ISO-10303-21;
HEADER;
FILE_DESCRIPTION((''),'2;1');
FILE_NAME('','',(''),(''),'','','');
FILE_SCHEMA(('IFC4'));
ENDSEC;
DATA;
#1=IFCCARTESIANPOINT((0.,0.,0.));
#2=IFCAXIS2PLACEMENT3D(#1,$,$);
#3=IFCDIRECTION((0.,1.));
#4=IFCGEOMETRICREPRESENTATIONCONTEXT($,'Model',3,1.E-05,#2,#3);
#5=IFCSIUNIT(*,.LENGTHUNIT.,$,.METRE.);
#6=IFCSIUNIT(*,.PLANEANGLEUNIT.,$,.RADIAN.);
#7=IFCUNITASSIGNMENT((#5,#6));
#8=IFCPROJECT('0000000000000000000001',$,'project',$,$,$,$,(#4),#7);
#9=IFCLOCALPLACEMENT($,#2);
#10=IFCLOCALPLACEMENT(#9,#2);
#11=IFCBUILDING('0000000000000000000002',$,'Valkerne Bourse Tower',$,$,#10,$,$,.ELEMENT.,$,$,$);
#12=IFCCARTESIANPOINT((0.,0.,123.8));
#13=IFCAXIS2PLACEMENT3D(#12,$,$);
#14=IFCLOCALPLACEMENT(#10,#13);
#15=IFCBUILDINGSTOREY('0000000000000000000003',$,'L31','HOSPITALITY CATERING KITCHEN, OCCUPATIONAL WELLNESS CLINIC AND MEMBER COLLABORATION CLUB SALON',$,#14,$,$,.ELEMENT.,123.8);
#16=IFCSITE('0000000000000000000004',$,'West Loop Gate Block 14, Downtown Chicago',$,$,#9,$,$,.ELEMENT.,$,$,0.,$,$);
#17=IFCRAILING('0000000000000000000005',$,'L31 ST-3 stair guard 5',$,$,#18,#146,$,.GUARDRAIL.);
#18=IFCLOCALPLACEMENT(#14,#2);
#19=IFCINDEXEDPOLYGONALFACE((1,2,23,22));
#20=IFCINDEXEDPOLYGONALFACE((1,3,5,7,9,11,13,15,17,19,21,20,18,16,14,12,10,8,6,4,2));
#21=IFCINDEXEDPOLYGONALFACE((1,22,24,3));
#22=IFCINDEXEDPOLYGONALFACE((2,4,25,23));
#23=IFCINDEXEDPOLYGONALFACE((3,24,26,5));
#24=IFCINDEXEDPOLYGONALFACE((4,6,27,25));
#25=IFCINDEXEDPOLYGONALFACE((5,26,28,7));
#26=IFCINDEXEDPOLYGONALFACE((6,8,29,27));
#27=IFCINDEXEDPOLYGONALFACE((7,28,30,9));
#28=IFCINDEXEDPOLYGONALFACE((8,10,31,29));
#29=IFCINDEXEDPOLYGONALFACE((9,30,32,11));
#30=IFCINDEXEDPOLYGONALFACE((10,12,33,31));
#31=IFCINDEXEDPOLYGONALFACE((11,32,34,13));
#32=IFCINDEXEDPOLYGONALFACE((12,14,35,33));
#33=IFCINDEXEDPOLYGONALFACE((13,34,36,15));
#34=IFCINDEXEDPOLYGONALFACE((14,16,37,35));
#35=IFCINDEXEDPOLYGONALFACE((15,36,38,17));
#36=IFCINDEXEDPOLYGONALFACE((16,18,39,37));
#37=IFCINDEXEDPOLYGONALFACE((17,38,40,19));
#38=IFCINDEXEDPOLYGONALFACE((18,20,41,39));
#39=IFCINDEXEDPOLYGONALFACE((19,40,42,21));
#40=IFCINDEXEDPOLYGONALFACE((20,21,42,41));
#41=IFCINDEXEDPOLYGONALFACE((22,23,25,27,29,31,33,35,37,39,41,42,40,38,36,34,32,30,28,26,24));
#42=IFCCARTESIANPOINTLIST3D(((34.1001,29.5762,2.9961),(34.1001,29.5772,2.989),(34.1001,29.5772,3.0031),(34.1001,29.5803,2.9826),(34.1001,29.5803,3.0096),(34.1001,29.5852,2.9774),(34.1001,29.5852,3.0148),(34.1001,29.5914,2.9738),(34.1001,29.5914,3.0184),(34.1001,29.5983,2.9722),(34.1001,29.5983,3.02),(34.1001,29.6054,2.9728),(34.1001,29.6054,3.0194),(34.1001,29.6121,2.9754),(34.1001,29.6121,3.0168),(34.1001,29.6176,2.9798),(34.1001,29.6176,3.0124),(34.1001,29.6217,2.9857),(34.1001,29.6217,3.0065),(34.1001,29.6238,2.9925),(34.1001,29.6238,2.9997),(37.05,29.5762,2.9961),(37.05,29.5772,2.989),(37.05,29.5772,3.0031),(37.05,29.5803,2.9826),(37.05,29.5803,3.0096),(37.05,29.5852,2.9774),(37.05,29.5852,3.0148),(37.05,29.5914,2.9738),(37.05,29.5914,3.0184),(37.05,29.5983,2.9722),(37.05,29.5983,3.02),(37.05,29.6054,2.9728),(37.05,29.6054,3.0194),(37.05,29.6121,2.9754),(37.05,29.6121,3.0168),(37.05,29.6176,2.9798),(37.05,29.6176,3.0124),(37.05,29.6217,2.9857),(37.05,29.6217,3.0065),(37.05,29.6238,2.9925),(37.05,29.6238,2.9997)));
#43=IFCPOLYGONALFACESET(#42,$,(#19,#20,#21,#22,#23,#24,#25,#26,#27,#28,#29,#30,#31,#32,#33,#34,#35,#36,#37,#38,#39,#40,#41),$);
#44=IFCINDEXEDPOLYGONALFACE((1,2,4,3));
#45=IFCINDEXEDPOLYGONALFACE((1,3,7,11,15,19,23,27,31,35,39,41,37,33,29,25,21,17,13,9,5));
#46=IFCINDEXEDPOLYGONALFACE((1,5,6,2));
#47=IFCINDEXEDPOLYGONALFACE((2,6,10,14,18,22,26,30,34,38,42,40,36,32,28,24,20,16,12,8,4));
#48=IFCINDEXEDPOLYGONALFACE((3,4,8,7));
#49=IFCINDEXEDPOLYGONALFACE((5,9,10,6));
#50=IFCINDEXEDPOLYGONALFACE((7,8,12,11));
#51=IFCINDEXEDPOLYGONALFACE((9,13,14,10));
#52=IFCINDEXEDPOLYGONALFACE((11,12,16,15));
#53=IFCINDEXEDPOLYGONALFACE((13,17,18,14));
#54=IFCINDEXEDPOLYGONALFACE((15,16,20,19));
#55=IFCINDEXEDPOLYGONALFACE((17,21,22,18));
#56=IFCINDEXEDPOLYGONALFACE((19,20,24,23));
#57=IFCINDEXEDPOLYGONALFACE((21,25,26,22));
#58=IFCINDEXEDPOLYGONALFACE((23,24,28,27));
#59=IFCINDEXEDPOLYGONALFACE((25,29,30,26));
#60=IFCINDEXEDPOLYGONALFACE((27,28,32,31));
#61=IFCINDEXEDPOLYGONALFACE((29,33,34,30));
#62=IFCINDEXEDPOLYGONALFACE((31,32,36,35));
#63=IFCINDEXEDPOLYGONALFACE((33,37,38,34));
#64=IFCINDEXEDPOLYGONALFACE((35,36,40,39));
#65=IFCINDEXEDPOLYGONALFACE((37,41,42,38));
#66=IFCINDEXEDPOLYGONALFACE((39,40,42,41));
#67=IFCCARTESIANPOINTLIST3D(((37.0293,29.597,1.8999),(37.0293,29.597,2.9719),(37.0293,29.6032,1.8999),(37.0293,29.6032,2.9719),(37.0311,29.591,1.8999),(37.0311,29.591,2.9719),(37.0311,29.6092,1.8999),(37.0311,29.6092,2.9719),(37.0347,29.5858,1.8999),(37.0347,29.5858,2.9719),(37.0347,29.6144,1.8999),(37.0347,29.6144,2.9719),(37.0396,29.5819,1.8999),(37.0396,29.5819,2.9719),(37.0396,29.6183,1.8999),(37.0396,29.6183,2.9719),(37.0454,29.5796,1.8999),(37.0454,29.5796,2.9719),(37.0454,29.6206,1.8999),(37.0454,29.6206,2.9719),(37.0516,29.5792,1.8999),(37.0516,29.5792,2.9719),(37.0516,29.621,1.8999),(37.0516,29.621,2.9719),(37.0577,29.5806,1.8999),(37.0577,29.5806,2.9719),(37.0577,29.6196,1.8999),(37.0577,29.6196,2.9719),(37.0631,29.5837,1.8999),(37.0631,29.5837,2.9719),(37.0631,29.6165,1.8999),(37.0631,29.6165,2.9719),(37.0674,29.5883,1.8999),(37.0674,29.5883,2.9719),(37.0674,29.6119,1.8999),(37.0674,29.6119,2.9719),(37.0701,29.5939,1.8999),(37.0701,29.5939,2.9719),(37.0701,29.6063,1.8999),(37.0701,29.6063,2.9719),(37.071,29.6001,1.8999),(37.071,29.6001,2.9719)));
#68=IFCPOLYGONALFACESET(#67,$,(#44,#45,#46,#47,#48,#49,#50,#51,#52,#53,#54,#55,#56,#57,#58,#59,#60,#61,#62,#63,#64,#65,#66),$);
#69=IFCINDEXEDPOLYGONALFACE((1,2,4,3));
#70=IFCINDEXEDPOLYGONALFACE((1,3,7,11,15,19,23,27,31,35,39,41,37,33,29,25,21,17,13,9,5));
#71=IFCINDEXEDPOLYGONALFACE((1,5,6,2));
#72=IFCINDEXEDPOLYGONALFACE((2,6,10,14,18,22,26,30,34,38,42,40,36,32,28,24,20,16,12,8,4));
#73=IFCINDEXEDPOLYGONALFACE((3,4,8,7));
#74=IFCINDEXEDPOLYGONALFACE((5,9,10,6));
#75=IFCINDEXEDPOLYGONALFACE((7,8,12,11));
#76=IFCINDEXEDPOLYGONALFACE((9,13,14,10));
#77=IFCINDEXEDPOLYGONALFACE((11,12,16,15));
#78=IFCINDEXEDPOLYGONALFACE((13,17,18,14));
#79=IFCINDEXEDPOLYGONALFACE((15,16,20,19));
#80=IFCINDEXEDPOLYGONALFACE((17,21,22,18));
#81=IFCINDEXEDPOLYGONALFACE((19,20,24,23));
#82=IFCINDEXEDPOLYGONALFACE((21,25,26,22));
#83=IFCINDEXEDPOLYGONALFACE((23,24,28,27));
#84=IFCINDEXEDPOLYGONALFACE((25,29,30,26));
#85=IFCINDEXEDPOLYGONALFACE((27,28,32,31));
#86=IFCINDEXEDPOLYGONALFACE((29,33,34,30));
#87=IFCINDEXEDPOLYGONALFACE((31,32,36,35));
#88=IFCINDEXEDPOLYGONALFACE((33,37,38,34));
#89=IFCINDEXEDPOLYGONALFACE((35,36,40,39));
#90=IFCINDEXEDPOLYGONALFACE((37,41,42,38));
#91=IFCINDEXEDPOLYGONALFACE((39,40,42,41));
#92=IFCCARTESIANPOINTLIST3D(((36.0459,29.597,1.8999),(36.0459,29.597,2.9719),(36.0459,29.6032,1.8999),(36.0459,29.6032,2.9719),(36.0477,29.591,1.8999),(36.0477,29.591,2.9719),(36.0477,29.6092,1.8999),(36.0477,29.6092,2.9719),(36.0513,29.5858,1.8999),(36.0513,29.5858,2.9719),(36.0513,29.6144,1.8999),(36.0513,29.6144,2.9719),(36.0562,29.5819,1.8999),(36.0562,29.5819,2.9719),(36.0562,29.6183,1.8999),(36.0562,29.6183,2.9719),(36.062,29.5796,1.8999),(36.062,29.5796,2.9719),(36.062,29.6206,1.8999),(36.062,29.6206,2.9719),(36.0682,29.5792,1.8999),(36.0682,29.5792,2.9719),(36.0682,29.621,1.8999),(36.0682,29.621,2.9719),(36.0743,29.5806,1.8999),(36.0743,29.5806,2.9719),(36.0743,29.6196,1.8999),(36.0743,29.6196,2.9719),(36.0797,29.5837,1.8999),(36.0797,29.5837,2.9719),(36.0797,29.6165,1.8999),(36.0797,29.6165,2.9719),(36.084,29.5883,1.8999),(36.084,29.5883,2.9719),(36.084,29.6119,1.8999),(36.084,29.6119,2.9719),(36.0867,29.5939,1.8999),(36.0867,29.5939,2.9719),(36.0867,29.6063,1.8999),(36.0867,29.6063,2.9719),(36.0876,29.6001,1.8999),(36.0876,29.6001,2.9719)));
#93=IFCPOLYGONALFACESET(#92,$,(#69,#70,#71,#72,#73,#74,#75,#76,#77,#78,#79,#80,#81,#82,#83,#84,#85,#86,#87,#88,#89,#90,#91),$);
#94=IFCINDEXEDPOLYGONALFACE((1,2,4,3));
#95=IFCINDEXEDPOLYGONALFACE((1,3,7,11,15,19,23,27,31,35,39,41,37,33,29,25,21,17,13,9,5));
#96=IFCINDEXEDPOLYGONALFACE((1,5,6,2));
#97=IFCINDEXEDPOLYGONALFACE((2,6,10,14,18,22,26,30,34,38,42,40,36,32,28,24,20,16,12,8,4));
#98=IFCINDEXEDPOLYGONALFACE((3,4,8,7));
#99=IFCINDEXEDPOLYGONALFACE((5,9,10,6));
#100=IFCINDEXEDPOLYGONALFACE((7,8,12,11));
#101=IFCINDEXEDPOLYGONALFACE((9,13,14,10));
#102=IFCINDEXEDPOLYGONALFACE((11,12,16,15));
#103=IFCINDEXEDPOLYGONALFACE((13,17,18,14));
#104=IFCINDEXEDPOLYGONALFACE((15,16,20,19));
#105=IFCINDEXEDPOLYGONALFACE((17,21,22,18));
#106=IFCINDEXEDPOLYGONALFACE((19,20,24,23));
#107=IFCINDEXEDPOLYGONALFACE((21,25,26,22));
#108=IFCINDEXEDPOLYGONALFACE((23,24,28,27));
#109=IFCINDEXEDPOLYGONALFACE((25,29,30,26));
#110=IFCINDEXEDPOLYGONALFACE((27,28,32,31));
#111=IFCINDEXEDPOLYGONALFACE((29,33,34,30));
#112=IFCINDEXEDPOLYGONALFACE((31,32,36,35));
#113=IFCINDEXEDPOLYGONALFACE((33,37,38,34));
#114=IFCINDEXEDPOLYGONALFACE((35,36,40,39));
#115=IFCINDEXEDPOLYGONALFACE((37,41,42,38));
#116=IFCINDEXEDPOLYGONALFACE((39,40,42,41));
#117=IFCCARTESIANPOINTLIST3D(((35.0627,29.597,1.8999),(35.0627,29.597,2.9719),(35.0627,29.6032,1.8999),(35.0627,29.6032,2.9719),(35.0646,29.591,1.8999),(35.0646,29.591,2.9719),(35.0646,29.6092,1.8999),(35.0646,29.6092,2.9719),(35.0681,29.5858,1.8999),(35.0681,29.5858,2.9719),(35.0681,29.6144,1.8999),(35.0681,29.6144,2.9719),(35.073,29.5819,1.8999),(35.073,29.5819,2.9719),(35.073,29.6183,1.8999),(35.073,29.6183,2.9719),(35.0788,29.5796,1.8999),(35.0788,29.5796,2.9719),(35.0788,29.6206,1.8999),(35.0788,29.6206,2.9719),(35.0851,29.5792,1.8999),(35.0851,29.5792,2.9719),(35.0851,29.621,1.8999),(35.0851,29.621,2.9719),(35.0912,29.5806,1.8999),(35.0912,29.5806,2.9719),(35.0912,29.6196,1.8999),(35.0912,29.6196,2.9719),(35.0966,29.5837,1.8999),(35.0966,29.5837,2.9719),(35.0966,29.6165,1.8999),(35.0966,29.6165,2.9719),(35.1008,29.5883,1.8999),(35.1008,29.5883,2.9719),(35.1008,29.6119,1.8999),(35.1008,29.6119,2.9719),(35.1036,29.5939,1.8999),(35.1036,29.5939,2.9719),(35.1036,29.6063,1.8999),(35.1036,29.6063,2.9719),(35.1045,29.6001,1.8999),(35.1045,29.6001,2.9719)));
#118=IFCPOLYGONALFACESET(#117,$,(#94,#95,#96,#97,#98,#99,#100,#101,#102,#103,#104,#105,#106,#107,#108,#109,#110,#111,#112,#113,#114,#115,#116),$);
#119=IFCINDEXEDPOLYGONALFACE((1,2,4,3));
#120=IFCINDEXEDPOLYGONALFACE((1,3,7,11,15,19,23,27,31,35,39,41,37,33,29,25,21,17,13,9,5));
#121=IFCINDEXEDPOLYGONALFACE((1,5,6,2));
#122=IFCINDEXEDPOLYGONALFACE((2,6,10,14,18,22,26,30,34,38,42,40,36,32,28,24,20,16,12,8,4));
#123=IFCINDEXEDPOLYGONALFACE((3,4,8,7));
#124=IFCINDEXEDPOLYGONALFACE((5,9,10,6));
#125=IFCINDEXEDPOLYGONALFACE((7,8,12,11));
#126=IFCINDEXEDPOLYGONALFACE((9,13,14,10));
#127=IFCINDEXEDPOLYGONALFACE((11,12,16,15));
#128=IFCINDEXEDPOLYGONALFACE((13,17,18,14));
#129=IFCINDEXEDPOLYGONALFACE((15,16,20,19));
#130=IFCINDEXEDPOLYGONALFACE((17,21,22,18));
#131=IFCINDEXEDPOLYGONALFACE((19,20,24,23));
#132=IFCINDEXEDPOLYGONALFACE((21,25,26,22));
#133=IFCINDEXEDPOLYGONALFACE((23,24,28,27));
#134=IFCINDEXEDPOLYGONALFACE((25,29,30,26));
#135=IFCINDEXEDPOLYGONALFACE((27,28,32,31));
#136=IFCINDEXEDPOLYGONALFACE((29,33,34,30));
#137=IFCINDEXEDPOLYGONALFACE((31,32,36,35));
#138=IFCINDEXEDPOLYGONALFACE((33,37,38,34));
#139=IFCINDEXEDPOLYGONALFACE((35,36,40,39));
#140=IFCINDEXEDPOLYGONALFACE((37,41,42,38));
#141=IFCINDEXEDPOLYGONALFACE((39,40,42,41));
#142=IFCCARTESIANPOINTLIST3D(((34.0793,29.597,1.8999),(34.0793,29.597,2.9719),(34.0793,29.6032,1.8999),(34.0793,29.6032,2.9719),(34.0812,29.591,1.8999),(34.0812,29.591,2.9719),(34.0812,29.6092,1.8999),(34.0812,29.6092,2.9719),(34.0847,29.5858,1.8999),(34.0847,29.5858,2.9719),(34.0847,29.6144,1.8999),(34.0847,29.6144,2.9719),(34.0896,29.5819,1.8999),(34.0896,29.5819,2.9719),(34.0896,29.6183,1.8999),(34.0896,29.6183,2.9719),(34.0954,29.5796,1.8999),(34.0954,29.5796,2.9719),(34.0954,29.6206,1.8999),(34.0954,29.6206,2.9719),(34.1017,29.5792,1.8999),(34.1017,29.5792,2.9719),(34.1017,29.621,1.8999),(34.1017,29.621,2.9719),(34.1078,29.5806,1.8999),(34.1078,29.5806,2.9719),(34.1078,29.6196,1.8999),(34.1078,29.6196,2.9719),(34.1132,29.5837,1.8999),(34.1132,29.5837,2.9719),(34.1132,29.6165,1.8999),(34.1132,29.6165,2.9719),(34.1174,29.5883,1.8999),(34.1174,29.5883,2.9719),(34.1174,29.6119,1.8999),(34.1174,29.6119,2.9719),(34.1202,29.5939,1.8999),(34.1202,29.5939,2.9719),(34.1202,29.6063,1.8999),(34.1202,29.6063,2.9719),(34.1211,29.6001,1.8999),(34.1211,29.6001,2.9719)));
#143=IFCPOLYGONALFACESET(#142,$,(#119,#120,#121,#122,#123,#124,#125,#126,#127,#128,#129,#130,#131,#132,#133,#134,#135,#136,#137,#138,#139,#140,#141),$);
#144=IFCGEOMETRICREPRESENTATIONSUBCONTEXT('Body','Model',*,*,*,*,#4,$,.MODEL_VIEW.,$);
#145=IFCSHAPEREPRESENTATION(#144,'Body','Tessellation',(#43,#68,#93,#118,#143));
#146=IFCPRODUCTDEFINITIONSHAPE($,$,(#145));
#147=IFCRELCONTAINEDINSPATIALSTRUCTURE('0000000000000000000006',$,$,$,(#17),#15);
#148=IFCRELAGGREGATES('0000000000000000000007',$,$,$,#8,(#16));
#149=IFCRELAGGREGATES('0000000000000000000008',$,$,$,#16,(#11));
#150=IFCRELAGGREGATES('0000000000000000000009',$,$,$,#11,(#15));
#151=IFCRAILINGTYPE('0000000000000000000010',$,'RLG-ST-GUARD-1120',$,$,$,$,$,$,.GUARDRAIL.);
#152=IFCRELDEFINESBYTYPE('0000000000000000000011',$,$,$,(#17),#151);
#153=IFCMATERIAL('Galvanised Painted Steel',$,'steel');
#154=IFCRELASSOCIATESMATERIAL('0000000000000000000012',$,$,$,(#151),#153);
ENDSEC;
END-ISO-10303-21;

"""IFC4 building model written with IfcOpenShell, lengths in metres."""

from ifc_helpers import new_model, si_unit, direction, frame, origin, origin_2d, place, context, subcontext, project, spatial, circle, extrude, material, type_object, element, save


model = new_model("IFC4")

# Units and contexts
model_context = context("Model", 3, precision=1e-05, world=origin(), true_north=direction((0.0, 1.0)))
body_context = subcontext(model_context, "Body", "Model", "MODEL_VIEW")
ifc_project = project(units=[si_unit("LENGTHUNIT", "METRE"), si_unit("PLANEANGLEUNIT", "RADIAN")], contexts=[model_context])

# Site, building, storey
site_placement = place(None, origin())
site = spatial("IfcSite", under=ifc_project, at=site_placement, Name="West Loop Gate Block 14, Downtown Chicago", CompositionType="ELEMENT", RefElevation=0.0)
building_placement = place(site_placement, origin())
building = spatial("IfcBuilding", under=site, at=building_placement, Name="Valkerne Bourse Tower", CompositionType="ELEMENT")
storey_placement = place(building_placement, frame((0.0, 0.0, 123.8)))
storey = spatial("IfcBuildingStorey", under=building, at=storey_placement, Name="L31", Description="HOSPITALITY CATERING KITCHEN, OCCUPATIONAL WELLNESS CLINIC AND MEMBER COLLABORATION CLUB SALON", CompositionType="ELEMENT", Elevation=123.8)

# Shared definitions
ifc_material_1 = material(Name="Galvanised Painted Steel", Category="steel")

# Railing
railing_type = type_object("IfcRailingType", Name="RLG-ST-GUARD-1120", PredefinedType="GUARDRAIL", material=ifc_material_1)
railing_1_placement = place(storey_placement, frame((37.05, 29.6001, 1.8999)))
element("IfcRailing", 1, at=railing_1_placement, inside=storey, type_object=railing_type, Name="L31 ST-3 stair guard 5", PredefinedType="GUARDRAIL", context=body_context, shape_type="SweptSolid", body=[
    extrude(circle(Radius=0.0239, at=origin_2d()), frame((0.0, 0.0, 1.0962), z_axis=(-1.0, 0.0, 0.0), x_axis=(0.0, -1.0, 0.0)), (0.0, 0.0, 1.0), 2.95),
    extrude(circle(Radius=0.021, at=origin_2d()), origin(), (0.0, 0.0, 1.0), 1.072),
    extrude(circle(Radius=0.021, at=origin_2d()), frame((-0.9834, 0.0, 0.0)), (0.0, 0.0, 1.0), 1.072),
    extrude(circle(Radius=0.021, at=origin_2d()), frame((-1.9666, 0.0, 0.0)), (0.0, 0.0, 1.0), 1.072),
    extrude(circle(Radius=0.021, at=origin_2d()), frame((-2.95, 0.0, 0.0)), (0.0, 0.0, 1.0), 1.072),
])

save(model, "model.ifc")
